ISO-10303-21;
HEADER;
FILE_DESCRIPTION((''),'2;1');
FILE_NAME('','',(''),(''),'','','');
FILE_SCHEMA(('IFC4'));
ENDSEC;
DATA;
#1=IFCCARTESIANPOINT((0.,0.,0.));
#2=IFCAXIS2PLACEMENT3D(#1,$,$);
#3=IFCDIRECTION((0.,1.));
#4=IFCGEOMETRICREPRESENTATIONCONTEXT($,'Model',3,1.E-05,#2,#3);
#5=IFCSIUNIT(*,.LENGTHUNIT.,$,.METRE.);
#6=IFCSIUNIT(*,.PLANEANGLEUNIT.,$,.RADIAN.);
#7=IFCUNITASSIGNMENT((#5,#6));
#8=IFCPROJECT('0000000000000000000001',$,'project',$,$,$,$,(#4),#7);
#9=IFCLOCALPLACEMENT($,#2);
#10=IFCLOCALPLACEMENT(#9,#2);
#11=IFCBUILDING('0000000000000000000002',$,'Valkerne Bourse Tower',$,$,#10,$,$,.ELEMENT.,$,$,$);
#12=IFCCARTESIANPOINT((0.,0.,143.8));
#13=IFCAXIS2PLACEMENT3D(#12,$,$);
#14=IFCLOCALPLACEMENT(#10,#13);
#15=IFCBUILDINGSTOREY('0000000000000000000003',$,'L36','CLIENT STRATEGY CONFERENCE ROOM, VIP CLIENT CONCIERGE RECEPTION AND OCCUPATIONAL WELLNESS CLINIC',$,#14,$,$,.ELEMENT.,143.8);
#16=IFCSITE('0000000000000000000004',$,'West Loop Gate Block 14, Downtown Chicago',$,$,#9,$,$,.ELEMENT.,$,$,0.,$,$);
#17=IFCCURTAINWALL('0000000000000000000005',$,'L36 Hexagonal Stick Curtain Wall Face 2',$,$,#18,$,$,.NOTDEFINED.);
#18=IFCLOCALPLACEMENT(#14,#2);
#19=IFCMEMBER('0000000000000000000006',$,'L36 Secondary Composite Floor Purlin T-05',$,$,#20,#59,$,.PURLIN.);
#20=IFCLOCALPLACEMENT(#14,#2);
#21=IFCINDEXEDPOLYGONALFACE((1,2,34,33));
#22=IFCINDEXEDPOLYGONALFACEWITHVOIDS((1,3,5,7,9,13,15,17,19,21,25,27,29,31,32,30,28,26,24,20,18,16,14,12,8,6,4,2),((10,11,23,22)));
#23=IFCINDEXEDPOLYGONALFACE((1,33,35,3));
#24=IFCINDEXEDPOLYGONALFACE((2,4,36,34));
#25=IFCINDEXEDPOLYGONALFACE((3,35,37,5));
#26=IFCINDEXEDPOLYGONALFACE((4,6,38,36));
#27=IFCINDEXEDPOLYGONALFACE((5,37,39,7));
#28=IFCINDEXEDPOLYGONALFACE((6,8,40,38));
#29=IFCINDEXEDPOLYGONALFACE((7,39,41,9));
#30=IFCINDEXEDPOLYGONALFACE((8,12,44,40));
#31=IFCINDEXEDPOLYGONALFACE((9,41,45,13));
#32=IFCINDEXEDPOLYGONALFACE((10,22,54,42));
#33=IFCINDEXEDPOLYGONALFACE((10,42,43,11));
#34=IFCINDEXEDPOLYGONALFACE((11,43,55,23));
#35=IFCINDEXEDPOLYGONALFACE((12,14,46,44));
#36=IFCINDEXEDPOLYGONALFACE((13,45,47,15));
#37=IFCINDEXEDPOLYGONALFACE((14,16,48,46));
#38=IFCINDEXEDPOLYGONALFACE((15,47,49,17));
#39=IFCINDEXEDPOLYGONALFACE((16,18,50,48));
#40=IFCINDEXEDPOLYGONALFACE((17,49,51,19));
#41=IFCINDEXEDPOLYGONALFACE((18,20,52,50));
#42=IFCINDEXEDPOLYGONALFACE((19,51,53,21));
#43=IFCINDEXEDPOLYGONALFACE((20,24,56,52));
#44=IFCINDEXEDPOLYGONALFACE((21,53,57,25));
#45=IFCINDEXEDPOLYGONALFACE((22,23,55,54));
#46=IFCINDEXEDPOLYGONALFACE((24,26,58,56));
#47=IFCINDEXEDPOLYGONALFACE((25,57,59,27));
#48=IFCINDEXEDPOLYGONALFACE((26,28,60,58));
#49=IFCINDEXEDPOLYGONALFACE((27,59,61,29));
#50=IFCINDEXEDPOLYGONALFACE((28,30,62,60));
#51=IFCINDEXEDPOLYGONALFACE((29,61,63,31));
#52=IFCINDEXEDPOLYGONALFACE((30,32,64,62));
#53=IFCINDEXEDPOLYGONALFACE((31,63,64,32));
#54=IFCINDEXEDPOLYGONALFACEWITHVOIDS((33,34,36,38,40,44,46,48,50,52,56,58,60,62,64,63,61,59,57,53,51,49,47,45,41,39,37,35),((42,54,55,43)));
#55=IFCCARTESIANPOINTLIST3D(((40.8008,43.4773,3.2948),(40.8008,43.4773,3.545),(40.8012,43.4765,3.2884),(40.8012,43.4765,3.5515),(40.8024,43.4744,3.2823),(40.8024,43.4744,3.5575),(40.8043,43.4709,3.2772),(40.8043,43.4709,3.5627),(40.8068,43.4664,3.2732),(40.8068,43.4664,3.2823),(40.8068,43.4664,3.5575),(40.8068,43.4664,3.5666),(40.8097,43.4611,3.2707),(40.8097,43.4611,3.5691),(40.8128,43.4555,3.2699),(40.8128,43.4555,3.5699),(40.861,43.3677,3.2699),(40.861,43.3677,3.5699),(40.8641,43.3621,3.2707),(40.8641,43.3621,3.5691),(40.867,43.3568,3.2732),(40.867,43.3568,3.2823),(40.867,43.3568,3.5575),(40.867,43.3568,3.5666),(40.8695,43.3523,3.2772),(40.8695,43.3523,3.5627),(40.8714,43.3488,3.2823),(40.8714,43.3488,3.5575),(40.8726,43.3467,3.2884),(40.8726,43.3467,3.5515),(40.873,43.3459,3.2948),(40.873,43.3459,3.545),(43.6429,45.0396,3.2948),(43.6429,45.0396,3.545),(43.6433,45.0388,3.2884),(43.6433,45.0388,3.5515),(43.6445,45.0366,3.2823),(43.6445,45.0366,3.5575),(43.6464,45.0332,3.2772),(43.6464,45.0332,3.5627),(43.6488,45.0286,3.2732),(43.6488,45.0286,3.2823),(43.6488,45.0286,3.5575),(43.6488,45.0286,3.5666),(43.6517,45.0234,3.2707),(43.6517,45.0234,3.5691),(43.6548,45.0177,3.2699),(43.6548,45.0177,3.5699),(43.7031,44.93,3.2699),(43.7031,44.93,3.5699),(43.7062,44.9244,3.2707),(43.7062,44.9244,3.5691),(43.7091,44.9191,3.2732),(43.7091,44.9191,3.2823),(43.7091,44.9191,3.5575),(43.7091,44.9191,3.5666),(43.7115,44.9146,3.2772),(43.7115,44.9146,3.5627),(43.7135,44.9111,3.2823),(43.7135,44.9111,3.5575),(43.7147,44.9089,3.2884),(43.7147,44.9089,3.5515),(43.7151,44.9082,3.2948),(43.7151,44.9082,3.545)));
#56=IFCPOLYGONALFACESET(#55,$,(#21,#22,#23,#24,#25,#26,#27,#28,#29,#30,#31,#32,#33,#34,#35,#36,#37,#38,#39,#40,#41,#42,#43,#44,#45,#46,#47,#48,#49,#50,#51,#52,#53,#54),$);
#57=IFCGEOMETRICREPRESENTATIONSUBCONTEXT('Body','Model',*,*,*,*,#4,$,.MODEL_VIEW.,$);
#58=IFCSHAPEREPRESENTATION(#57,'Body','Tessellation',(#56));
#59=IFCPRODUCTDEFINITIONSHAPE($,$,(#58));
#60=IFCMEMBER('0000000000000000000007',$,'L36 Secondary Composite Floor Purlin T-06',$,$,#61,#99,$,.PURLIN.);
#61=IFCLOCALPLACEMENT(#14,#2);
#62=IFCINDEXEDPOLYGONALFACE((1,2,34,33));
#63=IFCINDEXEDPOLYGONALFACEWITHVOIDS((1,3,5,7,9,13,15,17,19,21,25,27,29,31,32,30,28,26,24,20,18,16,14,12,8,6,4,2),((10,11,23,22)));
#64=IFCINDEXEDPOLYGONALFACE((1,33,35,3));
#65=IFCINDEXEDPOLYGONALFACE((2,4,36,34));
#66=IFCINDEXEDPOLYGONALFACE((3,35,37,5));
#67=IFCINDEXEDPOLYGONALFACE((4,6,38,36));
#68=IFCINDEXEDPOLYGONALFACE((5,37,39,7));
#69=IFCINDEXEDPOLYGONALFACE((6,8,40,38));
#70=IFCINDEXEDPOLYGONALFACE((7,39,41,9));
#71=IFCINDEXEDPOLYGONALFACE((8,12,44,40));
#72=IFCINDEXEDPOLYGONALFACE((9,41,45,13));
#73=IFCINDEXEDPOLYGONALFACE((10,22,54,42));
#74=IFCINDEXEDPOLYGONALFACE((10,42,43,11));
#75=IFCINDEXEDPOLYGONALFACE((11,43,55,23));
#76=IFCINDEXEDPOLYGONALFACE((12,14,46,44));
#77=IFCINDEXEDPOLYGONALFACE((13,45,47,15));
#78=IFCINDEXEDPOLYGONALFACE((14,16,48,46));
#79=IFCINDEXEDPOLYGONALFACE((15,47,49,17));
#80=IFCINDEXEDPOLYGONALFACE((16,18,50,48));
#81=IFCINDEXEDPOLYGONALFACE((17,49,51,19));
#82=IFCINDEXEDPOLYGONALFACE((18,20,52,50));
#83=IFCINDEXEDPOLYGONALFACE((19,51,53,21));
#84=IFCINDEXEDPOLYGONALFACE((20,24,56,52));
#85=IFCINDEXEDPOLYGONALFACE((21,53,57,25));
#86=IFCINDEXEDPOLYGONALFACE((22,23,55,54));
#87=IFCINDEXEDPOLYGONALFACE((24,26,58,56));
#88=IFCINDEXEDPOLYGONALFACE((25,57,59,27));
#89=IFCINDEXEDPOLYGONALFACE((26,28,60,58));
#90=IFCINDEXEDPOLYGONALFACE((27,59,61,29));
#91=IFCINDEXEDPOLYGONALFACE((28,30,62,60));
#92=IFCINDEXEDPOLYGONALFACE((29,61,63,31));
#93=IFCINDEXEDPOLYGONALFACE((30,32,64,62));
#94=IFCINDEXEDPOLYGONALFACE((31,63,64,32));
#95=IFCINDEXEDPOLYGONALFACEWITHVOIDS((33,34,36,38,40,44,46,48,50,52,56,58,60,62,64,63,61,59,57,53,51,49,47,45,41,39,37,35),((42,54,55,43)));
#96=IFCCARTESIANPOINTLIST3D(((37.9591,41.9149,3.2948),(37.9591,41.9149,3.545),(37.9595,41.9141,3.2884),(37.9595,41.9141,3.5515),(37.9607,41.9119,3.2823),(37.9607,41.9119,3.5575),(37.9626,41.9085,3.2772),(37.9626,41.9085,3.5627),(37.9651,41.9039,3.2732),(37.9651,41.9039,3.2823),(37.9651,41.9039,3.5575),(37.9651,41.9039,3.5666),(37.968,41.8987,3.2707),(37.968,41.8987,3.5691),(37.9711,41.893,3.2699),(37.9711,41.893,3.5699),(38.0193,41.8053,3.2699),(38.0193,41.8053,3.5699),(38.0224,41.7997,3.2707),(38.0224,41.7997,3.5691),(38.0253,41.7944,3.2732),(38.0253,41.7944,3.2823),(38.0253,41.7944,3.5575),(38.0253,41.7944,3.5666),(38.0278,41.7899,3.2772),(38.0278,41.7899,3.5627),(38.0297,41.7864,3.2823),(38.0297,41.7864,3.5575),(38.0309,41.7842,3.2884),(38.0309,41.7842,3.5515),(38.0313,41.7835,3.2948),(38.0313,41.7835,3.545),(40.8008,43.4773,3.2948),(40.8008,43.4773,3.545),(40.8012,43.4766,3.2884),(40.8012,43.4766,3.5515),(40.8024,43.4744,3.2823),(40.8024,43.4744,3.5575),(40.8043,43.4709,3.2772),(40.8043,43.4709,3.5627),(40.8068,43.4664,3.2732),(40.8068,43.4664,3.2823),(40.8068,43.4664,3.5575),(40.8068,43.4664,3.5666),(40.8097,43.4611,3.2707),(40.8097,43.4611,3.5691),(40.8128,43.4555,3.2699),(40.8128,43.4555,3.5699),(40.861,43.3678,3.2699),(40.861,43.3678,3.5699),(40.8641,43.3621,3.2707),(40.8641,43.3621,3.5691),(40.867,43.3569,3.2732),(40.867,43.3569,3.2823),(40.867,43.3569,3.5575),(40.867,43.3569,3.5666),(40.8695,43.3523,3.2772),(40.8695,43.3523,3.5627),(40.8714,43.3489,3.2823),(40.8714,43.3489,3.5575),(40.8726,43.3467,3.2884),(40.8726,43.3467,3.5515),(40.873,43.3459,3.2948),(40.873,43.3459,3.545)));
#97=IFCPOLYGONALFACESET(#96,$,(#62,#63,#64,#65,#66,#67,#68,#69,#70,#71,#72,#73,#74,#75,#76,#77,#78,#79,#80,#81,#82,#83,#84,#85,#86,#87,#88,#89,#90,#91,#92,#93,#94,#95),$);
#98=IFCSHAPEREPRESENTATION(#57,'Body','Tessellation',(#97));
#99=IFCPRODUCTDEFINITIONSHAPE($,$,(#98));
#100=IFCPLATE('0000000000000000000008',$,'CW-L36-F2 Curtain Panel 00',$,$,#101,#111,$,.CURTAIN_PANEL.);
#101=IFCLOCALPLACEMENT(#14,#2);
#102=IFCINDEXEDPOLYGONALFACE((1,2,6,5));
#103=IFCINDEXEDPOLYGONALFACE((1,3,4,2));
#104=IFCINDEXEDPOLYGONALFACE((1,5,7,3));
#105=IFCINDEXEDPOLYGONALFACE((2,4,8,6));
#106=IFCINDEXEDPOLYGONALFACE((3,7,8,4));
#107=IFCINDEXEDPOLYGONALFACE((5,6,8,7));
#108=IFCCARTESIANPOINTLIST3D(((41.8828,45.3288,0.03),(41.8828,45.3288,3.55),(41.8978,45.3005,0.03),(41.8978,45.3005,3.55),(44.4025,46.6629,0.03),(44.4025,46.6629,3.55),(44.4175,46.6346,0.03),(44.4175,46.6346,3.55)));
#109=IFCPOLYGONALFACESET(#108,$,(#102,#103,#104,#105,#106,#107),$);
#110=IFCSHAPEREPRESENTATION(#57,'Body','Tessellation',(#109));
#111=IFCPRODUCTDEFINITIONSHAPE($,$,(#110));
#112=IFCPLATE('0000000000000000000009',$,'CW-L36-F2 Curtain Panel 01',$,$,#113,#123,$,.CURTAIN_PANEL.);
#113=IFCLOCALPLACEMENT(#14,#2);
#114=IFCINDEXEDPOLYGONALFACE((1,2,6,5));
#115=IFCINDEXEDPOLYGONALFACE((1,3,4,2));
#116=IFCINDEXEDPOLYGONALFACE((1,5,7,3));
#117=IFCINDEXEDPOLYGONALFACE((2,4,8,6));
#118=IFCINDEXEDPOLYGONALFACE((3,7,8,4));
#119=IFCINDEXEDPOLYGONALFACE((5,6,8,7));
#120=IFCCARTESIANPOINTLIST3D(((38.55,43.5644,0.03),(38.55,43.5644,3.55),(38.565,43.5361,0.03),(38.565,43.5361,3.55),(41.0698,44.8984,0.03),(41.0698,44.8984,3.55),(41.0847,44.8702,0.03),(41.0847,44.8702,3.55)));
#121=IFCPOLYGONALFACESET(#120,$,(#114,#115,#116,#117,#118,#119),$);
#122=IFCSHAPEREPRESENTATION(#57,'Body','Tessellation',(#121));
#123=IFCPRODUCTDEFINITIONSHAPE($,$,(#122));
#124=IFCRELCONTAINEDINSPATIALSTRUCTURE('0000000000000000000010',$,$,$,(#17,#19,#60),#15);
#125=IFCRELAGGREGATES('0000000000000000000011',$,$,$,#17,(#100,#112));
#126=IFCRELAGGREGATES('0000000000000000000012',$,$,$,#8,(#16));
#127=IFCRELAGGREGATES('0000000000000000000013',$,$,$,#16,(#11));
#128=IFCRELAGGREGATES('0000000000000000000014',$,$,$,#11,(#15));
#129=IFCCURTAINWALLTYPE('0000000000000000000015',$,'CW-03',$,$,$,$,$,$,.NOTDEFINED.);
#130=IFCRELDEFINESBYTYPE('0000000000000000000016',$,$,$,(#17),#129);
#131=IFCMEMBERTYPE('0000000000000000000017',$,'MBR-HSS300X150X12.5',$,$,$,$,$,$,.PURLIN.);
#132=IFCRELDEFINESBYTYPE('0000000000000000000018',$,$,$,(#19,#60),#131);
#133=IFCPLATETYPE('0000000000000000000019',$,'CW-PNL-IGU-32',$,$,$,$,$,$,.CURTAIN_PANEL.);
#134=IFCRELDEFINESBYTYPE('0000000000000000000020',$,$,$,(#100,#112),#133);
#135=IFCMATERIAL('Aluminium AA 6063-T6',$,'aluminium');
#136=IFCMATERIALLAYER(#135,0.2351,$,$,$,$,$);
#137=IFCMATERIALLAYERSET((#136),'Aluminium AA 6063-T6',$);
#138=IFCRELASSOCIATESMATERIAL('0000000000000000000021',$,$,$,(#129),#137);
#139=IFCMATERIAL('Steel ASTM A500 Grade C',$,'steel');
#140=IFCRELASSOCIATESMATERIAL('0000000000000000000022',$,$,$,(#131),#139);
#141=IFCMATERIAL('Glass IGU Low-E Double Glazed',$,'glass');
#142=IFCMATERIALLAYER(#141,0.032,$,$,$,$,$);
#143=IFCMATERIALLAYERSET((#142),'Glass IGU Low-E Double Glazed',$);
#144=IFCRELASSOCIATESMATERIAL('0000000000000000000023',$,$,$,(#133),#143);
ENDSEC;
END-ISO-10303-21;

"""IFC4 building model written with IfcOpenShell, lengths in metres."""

from ifc_helpers import new_model, si_unit, direction, frame, origin, origin_2d, place, context, subcontext, project, spatial, rectangle, hollow_rectangle, extrude, material, layer, layer_set, material_profile, profile_set, type_object, element, aggregate, save


model = new_model("IFC4")

# Units and contexts
model_context = context("Model", 3, precision=1e-05, world=origin(), true_north=direction((0.0, 1.0)))
body_context = subcontext(model_context, "Body", "Model", "MODEL_VIEW")
ifc_project = project(units=[si_unit("LENGTHUNIT", "METRE"), si_unit("PLANEANGLEUNIT", "RADIAN")], contexts=[model_context])

# Site, building, storey
site_placement = place(None, origin())
site = spatial("IfcSite", under=ifc_project, at=site_placement, Name="West Loop Gate Block 14, Downtown Chicago", CompositionType="ELEMENT", RefElevation=0.0)
building_placement = place(site_placement, origin())
building = spatial("IfcBuilding", under=site, at=building_placement, Name="Valkerne Bourse Tower", CompositionType="ELEMENT")
storey_placement = place(building_placement, frame((0.0, 0.0, 143.8)))
storey = spatial("IfcBuildingStorey", under=building, at=storey_placement, Name="L36", Description="CLIENT STRATEGY CONFERENCE ROOM, VIP CLIENT CONCIERGE RECEPTION AND OCCUPATIONAL WELLNESS CLINIC", CompositionType="ELEMENT", Elevation=143.8)

# Shared definitions
ifc_material_1 = material(Name="Aluminium AA 6063-T6", Category="aluminium")
ifc_layer_1 = layer(ifc_material_1, 0.2351)
ifc_layer_set_1 = layer_set([ifc_layer_1], Name="Aluminium AA 6063-T6")
curtain_wall_type = type_object("IfcCurtainWallType", Name="CW-03", PredefinedType="NOTDEFINED", material=ifc_layer_set_1)

# Curtain wall
curtain_wall_1_placement = place(storey_placement, origin())
curtain_wall_1 = element("IfcCurtainWall", 1, at=curtain_wall_1_placement, inside=storey, type_object=curtain_wall_type, Name="L36 Hexagonal Stick Curtain Wall Face 2", PredefinedType="NOTDEFINED")

# Members
ifc_material_2 = material(Name="Steel ASTM A500 Grade C", Category="steel")
ifc_material_profile_1 = material_profile(ifc_material_2, hollow_rectangle(XDim=0.1499, YDim=0.3, WallThickness=0.0125, OuterFilletRadius=0.0249, at=origin_2d()), Name="HSS300X150X12.5")
ifc_profile_set_1 = profile_set([ifc_material_profile_1], Name="Steel ASTM A500 Grade C")
member_type_1 = type_object("IfcMemberType", Name="MBR-HSS300X150X12.5", PredefinedType="PURLIN", material=ifc_profile_set_1)
member_1_placement = place(storey_placement, frame((43.679, 44.9739, 3.4199), z_axis=(-0.876329, -0.481714, 0.0), x_axis=(0.481714, -0.876329, 0.0)))
element("IfcMember", 2, at=member_1_placement, inside=storey, type_object=member_type_1, Name="L36 Secondary Composite Floor Purlin T-05", PredefinedType="PURLIN", context=body_context, shape_type="SweptSolid", body=[
    extrude(hollow_rectangle(XDim=0.1499, YDim=0.3, WallThickness=0.0125, OuterFilletRadius=0.0249, at=origin_2d()), origin(), (0.0, 0.0, 1.0), 3.2432),
])
member_2_placement = place(storey_placement, frame((40.8369, 43.4116, 3.4199), z_axis=(-0.876279, -0.481803, 0.0), x_axis=(0.481803, -0.876279, 0.0)))
element("IfcMember", 3, at=member_2_placement, inside=storey, type_object=member_type_1, Name="L36 Secondary Composite Floor Purlin T-06", PredefinedType="PURLIN", context=body_context, shape_type="SweptSolid", body=[
    extrude(hollow_rectangle(XDim=0.1499, YDim=0.3, WallThickness=0.0125, OuterFilletRadius=0.0249, at=origin_2d()), origin(), (0.0, 0.0, 1.0), 3.2429),
])

# Plates
ifc_material_3 = material(Name="Glass IGU Low-E Double Glazed", Category="glass")
ifc_layer_2 = layer(ifc_material_3, 0.032)
ifc_layer_set_2 = layer_set([ifc_layer_2], Name="Glass IGU Low-E Double Glazed")
plate_type = type_object("IfcPlateType", Name="CW-PNL-IGU-32", PredefinedType="CURTAIN_PANEL", material=ifc_layer_set_2)
plate_1_placement = place(storey_placement, frame((43.1501, 45.9817, 0.03), z_axis=(0.0, 0.0, 1.0), x_axis=(-0.883763, -0.467935, 0.0)))
plate_1 = element("IfcPlate", 4, at=plate_1_placement, type_object=plate_type, Name="CW-L36-F2 Curtain Panel 00", PredefinedType="CURTAIN_PANEL", context=body_context, shape_type="SweptSolid", body=[
    extrude(rectangle(XDim=2.8511, YDim=0.032, at=origin_2d()), origin(), (0.0, 0.0, 1.0), 3.52),
])
plate_2_placement = place(storey_placement, frame((39.8174, 44.2173, 0.03), z_axis=(0.0, 0.0, 1.0), x_axis=(-0.883774, -0.467915, 0.0)))
plate_2 = element("IfcPlate", 5, at=plate_2_placement, type_object=plate_type, Name="CW-L36-F2 Curtain Panel 01", PredefinedType="CURTAIN_PANEL", context=body_context, shape_type="SweptSolid", body=[
    extrude(rectangle(XDim=2.8511, YDim=0.032, at=origin_2d()), origin(), (0.0, 0.0, 1.0), 3.52),
])
aggregate(curtain_wall_1, [plate_1, plate_2])

save(model, "model.ifc")
